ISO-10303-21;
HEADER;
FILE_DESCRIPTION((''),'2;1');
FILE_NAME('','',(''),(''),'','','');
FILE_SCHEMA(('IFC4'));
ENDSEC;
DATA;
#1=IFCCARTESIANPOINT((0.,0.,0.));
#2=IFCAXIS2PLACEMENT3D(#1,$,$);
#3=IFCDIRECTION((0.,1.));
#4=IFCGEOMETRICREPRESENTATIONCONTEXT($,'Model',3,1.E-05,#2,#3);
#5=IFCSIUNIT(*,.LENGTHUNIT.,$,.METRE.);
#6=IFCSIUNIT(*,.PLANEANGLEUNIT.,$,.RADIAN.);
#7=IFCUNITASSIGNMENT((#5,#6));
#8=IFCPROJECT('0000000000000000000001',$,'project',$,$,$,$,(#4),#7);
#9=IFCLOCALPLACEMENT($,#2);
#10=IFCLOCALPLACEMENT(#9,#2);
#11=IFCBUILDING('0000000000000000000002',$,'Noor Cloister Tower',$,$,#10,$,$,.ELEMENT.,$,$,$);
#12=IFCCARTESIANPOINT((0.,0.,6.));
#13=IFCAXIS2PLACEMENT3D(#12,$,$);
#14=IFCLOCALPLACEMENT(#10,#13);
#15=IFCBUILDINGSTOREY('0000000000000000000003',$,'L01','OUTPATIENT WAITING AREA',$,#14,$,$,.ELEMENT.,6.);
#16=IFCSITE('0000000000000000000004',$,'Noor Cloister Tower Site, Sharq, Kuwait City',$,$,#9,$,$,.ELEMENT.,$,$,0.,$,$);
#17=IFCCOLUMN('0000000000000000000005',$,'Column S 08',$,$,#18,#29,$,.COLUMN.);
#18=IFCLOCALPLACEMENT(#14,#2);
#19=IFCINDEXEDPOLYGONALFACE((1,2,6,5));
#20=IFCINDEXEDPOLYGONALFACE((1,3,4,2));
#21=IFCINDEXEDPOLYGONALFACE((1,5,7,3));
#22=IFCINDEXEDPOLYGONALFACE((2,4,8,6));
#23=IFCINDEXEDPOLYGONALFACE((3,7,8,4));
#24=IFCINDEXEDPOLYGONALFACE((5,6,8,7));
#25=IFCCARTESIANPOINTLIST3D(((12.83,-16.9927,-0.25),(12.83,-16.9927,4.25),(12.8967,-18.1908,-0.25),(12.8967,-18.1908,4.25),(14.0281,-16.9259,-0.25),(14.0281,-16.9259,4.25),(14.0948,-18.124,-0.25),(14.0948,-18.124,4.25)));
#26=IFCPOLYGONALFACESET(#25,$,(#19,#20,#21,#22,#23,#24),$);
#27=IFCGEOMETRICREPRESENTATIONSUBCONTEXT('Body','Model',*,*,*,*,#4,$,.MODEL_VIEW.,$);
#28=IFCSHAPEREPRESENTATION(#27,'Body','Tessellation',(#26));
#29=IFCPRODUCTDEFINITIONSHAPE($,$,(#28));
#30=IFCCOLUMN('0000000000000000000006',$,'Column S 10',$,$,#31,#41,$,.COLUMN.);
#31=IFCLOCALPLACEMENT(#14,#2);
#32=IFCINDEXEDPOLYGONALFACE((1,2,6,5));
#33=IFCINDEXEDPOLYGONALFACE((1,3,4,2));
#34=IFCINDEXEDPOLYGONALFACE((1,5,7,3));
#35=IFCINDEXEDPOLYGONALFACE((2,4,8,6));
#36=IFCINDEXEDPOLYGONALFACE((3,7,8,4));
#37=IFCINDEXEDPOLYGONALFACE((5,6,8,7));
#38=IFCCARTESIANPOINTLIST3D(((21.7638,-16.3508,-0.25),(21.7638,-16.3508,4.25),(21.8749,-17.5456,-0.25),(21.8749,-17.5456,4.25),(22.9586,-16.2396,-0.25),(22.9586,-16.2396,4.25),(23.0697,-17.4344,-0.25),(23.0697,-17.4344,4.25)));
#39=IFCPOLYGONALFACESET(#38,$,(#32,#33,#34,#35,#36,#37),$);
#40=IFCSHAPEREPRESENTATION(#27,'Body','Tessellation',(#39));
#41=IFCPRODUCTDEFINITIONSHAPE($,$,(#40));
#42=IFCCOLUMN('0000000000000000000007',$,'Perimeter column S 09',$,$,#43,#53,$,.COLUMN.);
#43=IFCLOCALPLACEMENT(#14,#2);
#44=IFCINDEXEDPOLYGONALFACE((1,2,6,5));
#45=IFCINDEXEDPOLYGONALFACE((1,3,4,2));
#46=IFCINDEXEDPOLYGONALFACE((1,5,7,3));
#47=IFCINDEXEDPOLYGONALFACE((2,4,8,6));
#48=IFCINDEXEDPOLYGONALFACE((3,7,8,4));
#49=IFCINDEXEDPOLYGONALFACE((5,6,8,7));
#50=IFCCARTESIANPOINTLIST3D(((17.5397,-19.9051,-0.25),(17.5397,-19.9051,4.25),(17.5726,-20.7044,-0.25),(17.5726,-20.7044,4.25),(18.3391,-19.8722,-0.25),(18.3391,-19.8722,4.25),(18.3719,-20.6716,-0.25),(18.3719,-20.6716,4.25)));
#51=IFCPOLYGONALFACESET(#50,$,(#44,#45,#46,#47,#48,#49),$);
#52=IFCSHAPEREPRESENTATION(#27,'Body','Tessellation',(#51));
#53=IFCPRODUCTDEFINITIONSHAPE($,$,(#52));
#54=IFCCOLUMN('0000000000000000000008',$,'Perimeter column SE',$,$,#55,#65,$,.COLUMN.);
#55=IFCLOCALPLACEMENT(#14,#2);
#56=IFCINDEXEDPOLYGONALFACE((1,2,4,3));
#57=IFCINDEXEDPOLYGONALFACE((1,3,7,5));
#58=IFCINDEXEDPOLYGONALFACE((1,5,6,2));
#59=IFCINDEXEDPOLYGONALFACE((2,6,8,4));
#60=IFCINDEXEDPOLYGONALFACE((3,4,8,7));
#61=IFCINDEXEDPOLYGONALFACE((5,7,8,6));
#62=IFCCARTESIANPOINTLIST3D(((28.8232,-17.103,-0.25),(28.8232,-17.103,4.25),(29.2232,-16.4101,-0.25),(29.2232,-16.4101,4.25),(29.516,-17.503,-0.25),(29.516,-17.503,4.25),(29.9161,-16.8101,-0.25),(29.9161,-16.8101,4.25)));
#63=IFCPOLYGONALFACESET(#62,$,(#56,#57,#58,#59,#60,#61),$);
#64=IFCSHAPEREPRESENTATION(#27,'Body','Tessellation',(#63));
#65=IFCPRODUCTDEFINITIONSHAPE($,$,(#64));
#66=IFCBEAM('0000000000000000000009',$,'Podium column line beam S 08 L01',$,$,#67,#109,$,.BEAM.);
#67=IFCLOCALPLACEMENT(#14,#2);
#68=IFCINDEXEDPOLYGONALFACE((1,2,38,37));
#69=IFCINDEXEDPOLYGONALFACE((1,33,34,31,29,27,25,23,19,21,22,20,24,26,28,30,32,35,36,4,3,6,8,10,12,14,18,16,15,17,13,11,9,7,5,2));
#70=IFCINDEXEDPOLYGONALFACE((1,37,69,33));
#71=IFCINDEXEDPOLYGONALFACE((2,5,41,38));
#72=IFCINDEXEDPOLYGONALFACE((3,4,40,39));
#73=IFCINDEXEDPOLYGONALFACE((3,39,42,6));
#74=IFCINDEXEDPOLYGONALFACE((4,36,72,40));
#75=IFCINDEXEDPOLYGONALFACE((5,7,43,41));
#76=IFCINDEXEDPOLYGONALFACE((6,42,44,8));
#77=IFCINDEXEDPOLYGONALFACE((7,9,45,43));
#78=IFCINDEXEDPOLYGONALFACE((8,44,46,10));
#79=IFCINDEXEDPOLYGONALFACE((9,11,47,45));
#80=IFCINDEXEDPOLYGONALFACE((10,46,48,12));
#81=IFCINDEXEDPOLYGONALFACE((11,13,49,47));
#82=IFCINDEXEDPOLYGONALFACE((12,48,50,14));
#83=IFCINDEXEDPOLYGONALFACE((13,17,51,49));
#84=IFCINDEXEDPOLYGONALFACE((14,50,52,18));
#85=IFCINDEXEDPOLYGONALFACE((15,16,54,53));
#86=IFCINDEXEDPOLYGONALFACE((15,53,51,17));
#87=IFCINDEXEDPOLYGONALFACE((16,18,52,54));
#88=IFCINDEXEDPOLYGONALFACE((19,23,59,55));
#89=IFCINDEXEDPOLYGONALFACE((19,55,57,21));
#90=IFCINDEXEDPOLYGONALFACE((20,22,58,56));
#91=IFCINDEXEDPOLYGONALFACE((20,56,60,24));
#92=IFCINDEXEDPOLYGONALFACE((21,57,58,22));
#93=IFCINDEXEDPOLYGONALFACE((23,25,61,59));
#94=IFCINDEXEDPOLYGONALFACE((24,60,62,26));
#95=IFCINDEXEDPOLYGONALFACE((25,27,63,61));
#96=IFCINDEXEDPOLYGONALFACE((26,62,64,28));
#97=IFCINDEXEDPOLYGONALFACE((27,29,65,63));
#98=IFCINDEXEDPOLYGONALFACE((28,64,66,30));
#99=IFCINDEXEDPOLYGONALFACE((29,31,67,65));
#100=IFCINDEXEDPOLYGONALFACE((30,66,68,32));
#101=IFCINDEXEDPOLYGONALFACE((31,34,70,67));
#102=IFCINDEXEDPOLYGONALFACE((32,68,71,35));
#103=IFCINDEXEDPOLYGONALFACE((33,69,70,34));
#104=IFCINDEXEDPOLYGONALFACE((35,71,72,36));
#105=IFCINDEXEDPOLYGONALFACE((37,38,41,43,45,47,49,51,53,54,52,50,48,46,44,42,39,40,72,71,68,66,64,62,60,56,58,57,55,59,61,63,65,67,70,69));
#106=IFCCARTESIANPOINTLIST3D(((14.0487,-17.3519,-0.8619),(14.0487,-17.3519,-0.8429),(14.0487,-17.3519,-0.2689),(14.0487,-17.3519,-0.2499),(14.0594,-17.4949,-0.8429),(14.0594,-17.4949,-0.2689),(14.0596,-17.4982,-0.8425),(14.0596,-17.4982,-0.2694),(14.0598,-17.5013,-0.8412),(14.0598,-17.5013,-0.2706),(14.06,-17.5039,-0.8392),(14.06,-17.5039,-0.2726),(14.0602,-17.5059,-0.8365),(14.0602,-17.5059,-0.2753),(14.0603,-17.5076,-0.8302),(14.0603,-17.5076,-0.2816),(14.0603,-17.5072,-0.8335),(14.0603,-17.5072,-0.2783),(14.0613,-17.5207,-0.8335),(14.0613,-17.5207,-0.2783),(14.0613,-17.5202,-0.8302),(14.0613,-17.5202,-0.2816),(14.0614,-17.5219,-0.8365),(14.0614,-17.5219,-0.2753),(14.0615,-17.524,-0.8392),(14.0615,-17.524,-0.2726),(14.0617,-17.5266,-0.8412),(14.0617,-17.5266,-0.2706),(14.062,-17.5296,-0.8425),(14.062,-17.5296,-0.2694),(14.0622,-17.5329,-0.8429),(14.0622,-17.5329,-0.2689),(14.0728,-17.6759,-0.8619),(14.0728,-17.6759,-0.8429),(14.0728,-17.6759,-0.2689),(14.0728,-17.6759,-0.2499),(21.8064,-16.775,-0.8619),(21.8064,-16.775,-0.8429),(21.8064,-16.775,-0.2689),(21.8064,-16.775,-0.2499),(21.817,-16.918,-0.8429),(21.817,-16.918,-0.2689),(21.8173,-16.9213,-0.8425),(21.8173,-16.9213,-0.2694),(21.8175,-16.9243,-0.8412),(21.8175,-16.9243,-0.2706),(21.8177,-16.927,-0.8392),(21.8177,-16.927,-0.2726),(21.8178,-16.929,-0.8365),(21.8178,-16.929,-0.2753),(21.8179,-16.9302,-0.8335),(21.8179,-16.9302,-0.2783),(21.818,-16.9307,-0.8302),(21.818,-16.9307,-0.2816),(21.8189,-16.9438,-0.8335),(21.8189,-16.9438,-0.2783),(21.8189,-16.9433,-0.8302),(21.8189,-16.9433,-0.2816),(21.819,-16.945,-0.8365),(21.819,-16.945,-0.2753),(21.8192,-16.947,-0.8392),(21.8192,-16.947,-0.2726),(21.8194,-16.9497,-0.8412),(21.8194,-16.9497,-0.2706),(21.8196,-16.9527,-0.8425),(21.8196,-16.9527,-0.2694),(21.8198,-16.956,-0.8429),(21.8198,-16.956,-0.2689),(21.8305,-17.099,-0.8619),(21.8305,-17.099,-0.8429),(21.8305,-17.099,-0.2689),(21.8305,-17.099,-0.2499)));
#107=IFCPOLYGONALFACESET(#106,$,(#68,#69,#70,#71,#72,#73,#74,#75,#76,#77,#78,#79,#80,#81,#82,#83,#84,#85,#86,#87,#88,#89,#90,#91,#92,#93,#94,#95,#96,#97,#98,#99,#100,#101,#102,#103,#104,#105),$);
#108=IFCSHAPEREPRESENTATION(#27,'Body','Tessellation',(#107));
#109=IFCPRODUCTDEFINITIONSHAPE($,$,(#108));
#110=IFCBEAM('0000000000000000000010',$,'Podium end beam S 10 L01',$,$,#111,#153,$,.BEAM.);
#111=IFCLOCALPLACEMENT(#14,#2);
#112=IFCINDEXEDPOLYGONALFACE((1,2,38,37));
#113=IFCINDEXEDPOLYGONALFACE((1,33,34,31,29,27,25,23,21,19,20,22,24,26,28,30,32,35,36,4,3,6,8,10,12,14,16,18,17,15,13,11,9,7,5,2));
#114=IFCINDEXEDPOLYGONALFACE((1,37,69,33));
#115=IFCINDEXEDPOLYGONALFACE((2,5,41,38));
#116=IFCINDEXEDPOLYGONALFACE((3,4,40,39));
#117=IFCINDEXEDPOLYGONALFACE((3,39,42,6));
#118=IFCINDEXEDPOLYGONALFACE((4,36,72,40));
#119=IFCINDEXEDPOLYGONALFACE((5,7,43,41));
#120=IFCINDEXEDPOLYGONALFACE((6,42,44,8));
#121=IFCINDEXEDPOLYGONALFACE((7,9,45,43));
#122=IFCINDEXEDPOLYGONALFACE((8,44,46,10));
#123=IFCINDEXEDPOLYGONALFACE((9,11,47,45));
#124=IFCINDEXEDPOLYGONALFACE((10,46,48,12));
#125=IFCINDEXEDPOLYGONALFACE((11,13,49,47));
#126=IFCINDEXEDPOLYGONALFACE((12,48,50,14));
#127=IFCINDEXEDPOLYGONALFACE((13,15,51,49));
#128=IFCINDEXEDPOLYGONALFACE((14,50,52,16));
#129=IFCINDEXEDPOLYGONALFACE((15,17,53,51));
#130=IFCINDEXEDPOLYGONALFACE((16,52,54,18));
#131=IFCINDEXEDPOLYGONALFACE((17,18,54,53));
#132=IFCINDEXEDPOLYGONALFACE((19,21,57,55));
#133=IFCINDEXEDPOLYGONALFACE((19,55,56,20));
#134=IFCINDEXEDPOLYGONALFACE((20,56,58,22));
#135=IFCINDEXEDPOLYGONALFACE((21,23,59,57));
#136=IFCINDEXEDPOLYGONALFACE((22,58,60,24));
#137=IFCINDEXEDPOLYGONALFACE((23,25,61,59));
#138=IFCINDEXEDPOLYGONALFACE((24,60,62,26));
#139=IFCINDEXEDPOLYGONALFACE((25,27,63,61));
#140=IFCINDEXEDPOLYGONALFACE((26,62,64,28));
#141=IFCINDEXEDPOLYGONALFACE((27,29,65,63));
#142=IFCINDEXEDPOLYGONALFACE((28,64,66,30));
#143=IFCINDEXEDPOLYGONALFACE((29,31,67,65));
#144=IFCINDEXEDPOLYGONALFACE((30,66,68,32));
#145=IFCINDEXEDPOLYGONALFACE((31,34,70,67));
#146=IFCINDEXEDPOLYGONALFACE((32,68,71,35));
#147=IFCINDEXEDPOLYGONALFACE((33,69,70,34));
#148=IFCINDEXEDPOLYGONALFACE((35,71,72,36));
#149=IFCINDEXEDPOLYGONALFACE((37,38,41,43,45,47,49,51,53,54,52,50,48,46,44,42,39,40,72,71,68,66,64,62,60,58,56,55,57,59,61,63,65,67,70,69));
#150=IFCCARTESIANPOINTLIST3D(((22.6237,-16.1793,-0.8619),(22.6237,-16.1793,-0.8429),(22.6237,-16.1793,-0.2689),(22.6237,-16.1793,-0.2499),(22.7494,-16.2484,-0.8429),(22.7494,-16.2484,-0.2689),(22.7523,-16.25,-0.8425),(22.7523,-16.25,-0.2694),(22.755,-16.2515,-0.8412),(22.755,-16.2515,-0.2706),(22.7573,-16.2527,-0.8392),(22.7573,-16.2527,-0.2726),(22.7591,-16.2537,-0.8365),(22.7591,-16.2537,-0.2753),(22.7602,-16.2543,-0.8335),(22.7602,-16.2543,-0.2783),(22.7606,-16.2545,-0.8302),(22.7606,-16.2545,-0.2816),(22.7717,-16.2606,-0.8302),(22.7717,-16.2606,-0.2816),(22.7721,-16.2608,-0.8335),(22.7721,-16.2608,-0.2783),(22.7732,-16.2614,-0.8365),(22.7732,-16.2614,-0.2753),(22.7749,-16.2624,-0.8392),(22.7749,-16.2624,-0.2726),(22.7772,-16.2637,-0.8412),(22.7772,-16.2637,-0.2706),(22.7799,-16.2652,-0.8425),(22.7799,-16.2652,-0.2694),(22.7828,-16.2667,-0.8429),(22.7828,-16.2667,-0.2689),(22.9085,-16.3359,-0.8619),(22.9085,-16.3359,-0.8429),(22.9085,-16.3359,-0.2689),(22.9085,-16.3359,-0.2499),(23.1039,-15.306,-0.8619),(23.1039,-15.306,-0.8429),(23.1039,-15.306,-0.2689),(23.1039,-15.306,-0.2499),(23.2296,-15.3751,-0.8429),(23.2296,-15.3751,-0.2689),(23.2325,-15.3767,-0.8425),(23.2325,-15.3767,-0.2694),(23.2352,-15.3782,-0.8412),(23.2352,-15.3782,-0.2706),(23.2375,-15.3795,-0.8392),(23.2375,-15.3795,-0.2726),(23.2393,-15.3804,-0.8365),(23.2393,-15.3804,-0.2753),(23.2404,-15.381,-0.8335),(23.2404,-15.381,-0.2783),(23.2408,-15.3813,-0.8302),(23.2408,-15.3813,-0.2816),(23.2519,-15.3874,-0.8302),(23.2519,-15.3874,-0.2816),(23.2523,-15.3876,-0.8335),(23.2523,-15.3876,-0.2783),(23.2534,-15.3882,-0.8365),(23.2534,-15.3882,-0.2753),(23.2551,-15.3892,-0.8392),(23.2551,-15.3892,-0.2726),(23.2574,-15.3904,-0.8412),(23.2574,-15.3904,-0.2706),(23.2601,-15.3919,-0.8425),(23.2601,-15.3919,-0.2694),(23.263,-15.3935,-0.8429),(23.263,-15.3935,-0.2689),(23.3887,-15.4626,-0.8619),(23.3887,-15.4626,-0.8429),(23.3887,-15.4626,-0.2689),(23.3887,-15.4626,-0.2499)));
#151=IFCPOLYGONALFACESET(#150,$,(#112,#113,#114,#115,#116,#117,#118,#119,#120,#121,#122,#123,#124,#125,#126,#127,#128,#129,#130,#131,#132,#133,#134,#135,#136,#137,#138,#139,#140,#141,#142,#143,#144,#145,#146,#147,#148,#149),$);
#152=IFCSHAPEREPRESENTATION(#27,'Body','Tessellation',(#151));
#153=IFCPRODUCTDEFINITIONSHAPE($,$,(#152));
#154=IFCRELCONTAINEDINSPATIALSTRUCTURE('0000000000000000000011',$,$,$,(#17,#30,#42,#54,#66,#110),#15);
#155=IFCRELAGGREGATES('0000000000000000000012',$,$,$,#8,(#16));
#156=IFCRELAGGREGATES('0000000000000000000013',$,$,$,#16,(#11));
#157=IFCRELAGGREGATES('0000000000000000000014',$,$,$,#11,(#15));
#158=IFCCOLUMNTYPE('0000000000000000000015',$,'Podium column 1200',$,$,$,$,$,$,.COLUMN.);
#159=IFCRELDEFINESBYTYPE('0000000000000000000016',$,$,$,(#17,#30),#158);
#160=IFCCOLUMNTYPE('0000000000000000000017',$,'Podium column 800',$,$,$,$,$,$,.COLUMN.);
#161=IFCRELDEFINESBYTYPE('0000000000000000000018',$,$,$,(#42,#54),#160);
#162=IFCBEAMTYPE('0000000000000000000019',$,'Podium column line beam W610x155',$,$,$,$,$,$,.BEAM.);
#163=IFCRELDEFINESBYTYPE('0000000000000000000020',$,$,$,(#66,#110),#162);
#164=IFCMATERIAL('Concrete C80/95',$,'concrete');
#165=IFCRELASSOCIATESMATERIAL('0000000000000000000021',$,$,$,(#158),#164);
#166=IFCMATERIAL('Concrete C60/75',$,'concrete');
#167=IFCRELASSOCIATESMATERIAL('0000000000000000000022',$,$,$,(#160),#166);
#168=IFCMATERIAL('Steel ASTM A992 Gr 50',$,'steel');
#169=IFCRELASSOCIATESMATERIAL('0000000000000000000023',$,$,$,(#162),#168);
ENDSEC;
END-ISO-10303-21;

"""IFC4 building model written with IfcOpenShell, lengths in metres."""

from ifc_helpers import new_model, si_unit, direction, frame, origin, origin_2d, place, context, subcontext, project, spatial, rectangle, i_section, extrude, material, material_profile, profile_set, type_object, element, save


model = new_model("IFC4")

# Units and contexts
model_context = context("Model", 3, precision=1e-05, world=origin(), true_north=direction((0.0, 1.0)))
body_context = subcontext(model_context, "Body", "Model", "MODEL_VIEW")
ifc_project = project(units=[si_unit("LENGTHUNIT", "METRE"), si_unit("PLANEANGLEUNIT", "RADIAN")], contexts=[model_context])

# Site, building, storey
site_placement = place(None, origin())
site = spatial("IfcSite", under=ifc_project, at=site_placement, Name="Noor Cloister Tower Site, Sharq, Kuwait City", CompositionType="ELEMENT", RefElevation=0.0)
building_placement = place(site_placement, origin())
building = spatial("IfcBuilding", under=site, at=building_placement, Name="Noor Cloister Tower", CompositionType="ELEMENT")
storey_placement = place(building_placement, frame((0.0, 0.0, 6.0)))
storey = spatial("IfcBuildingStorey", under=building, at=storey_placement, Name="L01", Description="OUTPATIENT WAITING AREA", CompositionType="ELEMENT", Elevation=6.0)

# Columns
ifc_material_1 = material(Name="Concrete C80/95", Category="concrete")
ifc_material_profile_1 = material_profile(ifc_material_1, rectangle(XDim=1.2, YDim=1.2, at=origin_2d()), Name="Podium column 1200")
ifc_profile_set_1 = profile_set([ifc_material_profile_1], Name="Concrete C80/95")
column_type_1 = type_object("IfcColumnType", Name="Podium column 1200", PredefinedType="COLUMN", material=ifc_profile_set_1)
for number, where, z_axis, x_axis, name in (
    (1, (13.4624, -17.5583, -0.25), (0.0, 0.0, 1.0), (0.055633, -0.998451, 0.0), "Column S 08"),
    (2, (22.4167, -16.8926, -0.25), (0.0, 0.0, 1.0), (0.092636, -0.9957, 0.0), "Column S 10"),
):
    element("IfcColumn", number, at=place(storey_placement, frame(where, z_axis=z_axis, x_axis=x_axis)), inside=storey, type_object=column_type_1, Name=name, PredefinedType="COLUMN", context=body_context, shape_type="SweptSolid", body=[
        extrude(rectangle(XDim=1.2, YDim=1.2, at=origin_2d()), origin(), (0.0, 0.0, 1.0), 4.5),
    ])
ifc_material_2 = material(Name="Concrete C60/75", Category="concrete")
ifc_material_profile_2 = material_profile(ifc_material_2, rectangle(XDim=0.8, YDim=0.8, at=origin_2d()), Name="Podium column 800")
ifc_profile_set_2 = profile_set([ifc_material_profile_2], Name="Concrete C60/75")
column_type_2 = type_object("IfcColumnType", Name="Podium column 800", PredefinedType="COLUMN", material=ifc_profile_set_2)
for number, where, z_axis, x_axis, name in (
    (3, (17.9558, -20.2883, -0.25), (0.0, 0.0, 1.0), (0.041066, -0.999156, 0.0), "Perimeter column S 09"),
    (4, (29.3696, -16.9565, -0.25), (0.0, 0.0, 1.0), (0.866025, -0.5, 0.0), "Perimeter column SE"),
):
    element("IfcColumn", number, at=place(storey_placement, frame(where, z_axis=z_axis, x_axis=x_axis)), inside=storey, type_object=column_type_2, Name=name, PredefinedType="COLUMN", context=body_context, shape_type="SweptSolid", body=[
        extrude(rectangle(XDim=0.8, YDim=0.8, at=origin_2d()), origin(), (0.0, 0.0, 1.0), 4.5),
    ])

# Beams
ifc_material_3 = material(Name="Steel ASTM A992 Gr 50", Category="steel")
ifc_material_profile_3 = material_profile(ifc_material_3, i_section(OverallWidth=0.325, OverallDepth=0.6121, WebThickness=0.0127, FlangeThickness=0.019, FilletRadius=0.0127, at=origin_2d()), Name="W610x155")
ifc_profile_set_3 = profile_set([ifc_material_profile_3], Name="Steel ASTM A992 Gr 50")
beam_type_1 = type_object("IfcBeamType", Name="Podium column line beam W610x155", PredefinedType="BEAM", material=ifc_profile_set_3)
beam_1_placement = place(storey_placement, frame((14.0608, -17.5139, -0.5559), z_axis=(0.997246, 0.074162, 0.0), x_axis=(-0.074162, 0.997246, 0.0)))
element("IfcBeam", 5, at=beam_1_placement, inside=storey, type_object=beam_type_1, Name="Podium column line beam S 08 L01", PredefinedType="BEAM", context=body_context, shape_type="SweptSolid", body=[
    extrude(i_section(OverallWidth=0.325, OverallDepth=0.6121, WebThickness=0.0127, FlangeThickness=0.019, FilletRadius=0.0127, at=origin_2d()), origin(), (0.0, 0.0, 1.0), 7.7791),
])
beam_2_placement = place(storey_placement, frame((22.7661, -16.2576, -0.5559), z_axis=(0.481853, 0.876252, 0.0), x_axis=(-0.876252, 0.481853, 0.0)))
element("IfcBeam", 6, at=beam_2_placement, inside=storey, type_object=beam_type_1, Name="Podium end beam S 10 L01", PredefinedType="BEAM", context=body_context, shape_type="SweptSolid", body=[
    extrude(i_section(OverallWidth=0.325, OverallDepth=0.6121, WebThickness=0.0127, FlangeThickness=0.019, FilletRadius=0.0127, at=origin_2d()), origin(), (0.0, 0.0, 1.0), 0.9966),
])

save(model, "model.ifc")
